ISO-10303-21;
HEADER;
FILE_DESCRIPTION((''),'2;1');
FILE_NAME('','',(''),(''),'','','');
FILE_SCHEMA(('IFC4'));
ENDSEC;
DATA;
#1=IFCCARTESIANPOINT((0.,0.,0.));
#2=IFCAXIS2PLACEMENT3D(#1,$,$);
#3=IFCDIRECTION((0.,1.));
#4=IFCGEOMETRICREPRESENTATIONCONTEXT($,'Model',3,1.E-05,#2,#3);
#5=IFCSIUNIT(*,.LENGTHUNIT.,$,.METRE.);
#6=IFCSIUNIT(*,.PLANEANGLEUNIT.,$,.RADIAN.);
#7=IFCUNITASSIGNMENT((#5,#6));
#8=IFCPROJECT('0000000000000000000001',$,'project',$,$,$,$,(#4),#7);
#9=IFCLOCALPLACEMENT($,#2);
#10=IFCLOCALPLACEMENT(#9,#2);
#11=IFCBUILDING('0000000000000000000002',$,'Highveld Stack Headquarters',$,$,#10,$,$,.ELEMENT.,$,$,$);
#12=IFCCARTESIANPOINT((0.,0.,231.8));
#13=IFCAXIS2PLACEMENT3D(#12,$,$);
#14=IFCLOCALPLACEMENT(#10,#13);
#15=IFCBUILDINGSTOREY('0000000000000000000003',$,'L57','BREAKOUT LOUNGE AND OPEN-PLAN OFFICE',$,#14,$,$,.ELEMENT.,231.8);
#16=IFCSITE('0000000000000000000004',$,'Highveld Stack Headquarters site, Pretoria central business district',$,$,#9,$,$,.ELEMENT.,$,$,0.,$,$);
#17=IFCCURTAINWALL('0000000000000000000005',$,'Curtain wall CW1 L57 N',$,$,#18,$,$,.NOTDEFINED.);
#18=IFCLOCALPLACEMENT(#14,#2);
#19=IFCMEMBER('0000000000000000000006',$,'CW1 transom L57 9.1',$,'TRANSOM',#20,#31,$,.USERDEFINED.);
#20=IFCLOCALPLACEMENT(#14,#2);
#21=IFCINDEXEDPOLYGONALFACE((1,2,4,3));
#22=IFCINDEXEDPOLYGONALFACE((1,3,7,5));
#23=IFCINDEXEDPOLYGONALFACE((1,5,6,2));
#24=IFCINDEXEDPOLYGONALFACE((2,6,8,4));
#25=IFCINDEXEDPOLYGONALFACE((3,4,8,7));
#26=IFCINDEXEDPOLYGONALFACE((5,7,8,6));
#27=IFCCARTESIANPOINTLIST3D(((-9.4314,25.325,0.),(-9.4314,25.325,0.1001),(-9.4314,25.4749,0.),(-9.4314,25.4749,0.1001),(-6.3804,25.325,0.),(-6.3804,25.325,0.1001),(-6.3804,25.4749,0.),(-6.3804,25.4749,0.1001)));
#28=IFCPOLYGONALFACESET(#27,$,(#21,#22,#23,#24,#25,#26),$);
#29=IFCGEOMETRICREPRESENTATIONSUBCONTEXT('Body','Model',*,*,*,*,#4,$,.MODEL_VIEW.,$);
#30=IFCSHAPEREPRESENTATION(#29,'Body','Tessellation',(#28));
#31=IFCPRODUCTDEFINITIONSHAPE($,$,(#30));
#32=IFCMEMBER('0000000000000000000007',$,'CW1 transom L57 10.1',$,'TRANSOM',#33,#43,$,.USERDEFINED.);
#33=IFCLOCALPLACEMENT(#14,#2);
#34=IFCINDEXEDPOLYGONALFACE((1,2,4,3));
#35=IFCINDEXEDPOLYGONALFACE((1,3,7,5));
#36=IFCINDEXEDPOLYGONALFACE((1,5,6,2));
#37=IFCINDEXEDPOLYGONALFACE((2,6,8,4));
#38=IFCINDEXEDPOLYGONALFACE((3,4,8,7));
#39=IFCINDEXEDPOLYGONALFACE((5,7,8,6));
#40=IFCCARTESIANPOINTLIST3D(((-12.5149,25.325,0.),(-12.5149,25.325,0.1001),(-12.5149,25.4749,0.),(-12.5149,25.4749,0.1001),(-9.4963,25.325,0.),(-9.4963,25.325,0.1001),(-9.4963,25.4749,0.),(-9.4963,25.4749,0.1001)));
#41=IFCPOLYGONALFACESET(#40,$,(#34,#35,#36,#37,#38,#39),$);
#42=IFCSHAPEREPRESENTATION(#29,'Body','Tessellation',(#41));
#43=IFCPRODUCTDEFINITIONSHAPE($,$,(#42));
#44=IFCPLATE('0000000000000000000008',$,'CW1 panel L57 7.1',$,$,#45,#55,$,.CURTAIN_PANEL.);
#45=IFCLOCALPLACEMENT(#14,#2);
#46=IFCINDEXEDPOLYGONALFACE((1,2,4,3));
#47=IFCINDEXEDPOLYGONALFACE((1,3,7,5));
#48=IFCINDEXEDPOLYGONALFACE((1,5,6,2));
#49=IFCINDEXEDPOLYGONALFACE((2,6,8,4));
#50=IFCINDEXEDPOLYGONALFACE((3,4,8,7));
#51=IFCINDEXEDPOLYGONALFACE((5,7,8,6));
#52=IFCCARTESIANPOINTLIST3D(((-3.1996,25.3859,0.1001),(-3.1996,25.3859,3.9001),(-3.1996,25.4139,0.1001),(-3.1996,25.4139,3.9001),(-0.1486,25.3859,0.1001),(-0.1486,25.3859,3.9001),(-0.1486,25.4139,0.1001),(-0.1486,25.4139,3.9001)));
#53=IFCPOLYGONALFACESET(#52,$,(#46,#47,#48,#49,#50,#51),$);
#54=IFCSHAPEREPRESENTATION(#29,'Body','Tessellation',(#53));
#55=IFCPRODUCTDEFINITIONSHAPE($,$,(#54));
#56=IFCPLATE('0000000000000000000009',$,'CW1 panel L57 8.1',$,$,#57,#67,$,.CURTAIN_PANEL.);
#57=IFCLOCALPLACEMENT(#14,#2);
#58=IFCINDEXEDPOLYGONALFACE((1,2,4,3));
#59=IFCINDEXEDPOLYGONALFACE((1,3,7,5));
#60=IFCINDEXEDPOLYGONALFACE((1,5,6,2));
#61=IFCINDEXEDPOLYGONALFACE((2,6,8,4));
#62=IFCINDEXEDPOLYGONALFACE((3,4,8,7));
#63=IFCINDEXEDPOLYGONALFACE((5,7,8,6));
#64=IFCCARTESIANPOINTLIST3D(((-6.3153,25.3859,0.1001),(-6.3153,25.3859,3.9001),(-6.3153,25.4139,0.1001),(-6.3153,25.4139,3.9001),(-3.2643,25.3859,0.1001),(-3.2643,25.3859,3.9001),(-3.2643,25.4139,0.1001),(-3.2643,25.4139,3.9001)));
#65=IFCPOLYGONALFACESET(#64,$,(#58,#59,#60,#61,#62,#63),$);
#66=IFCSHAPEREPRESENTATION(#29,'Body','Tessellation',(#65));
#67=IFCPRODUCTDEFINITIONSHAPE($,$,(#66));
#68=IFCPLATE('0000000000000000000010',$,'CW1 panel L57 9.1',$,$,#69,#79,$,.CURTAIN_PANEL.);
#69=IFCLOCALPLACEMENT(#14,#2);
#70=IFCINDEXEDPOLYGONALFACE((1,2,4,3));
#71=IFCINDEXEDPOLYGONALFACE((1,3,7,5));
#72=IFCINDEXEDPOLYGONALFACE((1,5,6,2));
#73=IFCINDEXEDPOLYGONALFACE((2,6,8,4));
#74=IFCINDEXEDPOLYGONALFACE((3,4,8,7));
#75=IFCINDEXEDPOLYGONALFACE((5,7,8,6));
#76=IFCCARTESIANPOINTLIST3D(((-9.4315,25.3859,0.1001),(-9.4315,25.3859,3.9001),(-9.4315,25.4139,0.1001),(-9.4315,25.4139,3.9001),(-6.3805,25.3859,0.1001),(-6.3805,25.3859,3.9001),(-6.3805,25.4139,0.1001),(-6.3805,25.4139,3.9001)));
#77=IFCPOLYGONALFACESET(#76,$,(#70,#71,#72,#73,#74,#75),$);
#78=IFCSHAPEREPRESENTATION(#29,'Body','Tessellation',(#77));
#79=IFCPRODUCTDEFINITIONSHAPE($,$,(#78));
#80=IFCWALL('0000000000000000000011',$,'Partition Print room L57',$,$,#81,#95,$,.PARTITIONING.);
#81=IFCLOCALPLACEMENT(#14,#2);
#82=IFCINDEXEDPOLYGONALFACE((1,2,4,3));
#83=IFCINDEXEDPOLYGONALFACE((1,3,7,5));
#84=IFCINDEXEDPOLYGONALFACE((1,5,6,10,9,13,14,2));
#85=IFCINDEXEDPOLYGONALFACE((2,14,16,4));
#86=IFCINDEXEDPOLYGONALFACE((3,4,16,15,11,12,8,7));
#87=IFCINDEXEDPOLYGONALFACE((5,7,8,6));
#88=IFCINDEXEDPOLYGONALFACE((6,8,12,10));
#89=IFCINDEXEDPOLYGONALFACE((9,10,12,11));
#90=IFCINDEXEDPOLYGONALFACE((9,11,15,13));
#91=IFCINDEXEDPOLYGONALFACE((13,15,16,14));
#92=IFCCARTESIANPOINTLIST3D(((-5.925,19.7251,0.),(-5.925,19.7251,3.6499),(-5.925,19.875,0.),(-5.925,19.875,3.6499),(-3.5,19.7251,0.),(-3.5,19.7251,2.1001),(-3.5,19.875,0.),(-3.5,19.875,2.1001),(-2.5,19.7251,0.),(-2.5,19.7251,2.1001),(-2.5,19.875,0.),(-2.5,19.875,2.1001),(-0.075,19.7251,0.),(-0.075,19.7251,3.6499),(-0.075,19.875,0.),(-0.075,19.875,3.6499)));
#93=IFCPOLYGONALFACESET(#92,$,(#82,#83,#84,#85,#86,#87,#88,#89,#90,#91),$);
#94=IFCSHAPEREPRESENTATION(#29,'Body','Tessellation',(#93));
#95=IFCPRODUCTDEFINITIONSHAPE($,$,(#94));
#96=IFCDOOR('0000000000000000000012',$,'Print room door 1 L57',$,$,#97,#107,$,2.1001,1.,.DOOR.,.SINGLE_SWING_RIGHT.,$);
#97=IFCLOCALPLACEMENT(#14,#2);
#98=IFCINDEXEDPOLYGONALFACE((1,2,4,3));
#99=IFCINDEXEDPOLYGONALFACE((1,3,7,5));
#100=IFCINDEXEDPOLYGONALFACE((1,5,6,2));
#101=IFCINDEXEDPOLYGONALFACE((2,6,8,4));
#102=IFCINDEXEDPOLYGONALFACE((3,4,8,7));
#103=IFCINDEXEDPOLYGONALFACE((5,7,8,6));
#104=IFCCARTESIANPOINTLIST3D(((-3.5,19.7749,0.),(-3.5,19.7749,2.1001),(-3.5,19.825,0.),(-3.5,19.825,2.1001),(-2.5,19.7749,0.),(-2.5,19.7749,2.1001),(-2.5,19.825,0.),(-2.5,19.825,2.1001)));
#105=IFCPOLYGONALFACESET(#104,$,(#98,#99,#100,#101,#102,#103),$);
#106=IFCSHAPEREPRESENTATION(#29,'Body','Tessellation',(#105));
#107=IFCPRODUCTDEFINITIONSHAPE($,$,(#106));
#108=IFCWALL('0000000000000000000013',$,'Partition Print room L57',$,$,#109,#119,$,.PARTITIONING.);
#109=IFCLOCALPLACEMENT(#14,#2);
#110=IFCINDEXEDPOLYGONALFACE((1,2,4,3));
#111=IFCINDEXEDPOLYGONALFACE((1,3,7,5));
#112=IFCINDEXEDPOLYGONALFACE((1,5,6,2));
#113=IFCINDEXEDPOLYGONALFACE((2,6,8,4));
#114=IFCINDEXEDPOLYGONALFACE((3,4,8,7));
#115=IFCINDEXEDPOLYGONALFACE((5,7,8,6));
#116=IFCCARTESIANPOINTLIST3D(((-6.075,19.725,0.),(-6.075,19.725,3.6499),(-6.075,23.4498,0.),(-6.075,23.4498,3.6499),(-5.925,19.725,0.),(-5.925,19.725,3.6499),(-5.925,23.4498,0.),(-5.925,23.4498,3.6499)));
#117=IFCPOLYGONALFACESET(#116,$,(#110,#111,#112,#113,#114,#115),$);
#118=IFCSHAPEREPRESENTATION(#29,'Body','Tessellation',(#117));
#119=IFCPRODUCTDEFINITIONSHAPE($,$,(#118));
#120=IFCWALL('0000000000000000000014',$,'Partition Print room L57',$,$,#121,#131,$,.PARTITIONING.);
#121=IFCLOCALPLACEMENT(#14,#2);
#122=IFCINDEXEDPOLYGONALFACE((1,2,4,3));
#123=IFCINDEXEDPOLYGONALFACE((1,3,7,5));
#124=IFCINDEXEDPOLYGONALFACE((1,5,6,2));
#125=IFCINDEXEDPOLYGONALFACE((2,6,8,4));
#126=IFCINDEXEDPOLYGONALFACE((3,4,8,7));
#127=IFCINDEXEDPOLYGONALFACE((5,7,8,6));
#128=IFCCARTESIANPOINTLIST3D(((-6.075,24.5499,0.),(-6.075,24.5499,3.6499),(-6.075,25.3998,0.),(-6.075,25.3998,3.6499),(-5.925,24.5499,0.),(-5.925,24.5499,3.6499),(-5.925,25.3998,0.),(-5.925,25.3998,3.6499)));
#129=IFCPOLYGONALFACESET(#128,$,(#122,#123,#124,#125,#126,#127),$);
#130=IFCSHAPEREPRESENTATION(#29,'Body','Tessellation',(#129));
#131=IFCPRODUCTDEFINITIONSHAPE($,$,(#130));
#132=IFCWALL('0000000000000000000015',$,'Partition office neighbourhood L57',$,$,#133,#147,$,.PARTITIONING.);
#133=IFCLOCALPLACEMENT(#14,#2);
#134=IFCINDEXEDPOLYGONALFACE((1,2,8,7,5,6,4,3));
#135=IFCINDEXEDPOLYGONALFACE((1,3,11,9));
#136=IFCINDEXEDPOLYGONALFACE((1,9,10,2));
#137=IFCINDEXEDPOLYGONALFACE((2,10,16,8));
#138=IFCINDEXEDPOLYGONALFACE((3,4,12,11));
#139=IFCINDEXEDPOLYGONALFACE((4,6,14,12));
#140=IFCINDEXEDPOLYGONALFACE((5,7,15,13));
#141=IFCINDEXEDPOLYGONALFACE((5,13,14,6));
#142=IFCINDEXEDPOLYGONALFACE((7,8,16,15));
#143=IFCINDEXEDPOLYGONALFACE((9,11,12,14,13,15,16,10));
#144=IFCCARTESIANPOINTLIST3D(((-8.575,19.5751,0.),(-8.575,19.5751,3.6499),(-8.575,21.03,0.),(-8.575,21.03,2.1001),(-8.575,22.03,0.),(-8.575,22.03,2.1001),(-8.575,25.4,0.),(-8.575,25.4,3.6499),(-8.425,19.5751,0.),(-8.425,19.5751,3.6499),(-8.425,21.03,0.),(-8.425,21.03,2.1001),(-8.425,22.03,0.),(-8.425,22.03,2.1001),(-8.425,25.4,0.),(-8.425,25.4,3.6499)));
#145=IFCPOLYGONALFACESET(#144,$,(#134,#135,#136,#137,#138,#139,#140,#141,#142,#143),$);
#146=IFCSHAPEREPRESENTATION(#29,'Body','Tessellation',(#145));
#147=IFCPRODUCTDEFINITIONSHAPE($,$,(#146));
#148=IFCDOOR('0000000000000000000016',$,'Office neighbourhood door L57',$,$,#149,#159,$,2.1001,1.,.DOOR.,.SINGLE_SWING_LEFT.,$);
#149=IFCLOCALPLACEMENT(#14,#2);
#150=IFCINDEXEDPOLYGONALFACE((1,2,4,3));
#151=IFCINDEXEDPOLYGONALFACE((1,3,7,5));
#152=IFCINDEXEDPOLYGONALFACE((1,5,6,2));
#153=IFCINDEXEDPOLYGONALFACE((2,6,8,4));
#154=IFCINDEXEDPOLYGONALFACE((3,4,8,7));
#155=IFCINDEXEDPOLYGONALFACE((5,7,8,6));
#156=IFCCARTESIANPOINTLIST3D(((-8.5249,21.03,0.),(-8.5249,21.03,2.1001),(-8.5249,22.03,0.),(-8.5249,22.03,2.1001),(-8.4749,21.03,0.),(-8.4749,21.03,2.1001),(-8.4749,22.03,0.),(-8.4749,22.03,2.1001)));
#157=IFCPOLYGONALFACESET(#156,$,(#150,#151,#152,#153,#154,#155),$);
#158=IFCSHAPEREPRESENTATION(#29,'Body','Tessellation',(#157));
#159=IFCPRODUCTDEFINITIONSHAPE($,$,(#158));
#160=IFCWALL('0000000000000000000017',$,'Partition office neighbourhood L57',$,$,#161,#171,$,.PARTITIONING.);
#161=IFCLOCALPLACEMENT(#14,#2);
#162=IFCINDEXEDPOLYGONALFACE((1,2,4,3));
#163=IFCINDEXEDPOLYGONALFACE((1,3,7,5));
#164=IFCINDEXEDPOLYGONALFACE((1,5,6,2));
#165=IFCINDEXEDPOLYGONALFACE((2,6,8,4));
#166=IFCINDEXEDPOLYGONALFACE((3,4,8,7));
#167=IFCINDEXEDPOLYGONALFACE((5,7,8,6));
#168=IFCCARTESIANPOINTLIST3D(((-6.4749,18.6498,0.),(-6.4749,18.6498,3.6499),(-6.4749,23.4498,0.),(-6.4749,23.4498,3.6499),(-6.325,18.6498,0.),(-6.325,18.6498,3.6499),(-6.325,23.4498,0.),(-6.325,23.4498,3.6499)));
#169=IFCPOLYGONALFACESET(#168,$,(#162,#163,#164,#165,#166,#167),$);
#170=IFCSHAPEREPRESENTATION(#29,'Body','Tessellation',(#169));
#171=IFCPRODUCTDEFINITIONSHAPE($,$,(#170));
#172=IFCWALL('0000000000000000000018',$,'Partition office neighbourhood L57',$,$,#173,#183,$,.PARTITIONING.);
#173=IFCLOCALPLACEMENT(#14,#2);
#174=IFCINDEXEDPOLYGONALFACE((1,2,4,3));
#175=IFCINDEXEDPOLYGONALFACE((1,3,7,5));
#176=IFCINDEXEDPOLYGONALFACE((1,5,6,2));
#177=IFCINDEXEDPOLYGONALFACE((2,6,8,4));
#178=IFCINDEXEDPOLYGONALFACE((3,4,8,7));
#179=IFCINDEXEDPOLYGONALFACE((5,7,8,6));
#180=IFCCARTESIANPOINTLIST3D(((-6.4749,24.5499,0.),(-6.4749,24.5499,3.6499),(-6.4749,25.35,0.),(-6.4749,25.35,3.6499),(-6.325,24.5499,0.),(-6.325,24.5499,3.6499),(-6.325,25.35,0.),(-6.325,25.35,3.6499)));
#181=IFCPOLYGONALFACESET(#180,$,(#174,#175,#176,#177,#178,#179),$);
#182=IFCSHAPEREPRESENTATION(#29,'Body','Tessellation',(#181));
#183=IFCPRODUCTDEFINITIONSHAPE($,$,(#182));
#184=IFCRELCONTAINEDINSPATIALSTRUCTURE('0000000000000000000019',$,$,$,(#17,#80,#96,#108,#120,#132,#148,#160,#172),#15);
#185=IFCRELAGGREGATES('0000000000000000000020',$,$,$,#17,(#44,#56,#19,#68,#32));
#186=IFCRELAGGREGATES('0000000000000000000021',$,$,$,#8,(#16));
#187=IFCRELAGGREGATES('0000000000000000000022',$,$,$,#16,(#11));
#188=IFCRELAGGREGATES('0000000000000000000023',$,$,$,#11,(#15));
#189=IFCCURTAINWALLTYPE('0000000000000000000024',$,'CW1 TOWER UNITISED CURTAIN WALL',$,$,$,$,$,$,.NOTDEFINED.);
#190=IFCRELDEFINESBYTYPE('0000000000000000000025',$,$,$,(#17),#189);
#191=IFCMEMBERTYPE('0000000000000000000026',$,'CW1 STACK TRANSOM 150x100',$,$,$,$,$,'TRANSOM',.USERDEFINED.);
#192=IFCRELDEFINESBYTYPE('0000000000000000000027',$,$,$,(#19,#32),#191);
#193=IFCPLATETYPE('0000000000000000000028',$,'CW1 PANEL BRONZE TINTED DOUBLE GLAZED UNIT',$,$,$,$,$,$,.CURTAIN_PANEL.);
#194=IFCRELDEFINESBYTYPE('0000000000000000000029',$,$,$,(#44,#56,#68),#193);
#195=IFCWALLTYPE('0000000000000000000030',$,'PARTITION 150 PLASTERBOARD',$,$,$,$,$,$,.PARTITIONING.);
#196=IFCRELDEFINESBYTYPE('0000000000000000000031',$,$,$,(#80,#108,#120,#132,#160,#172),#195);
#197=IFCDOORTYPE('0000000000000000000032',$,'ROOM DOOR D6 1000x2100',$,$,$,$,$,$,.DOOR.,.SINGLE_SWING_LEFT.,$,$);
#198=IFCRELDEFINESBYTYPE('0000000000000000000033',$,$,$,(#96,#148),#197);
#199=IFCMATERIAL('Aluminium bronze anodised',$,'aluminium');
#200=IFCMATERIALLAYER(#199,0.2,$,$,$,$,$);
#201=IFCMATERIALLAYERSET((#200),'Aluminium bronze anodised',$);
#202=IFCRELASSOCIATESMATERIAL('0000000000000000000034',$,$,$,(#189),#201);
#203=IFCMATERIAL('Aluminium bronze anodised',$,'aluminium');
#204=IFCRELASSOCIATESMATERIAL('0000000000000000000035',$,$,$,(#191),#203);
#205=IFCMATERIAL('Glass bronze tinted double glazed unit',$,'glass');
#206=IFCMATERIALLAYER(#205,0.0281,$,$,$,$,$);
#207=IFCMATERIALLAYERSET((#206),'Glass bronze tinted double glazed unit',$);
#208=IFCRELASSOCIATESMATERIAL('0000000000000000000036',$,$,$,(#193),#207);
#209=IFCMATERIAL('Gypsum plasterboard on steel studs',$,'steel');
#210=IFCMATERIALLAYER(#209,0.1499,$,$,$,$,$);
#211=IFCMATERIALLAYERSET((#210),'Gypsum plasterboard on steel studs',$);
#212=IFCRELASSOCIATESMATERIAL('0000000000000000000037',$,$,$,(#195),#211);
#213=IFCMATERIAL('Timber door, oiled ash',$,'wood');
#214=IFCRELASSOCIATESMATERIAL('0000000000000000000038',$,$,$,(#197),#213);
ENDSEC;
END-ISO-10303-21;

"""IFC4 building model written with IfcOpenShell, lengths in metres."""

from ifc_helpers import new_model, si_unit, direction, frame, frame_2d, origin, origin_2d, place, context, subcontext, project, spatial, rectangle, extrude, material, layer, layer_set, material_profile, profile_set, type_object, element, fill, aggregate, save


model = new_model("IFC4")

# Units and contexts
model_context = context("Model", 3, precision=1e-05, world=origin(), true_north=direction((0.0, 1.0)))
body_context = subcontext(model_context, "Body", "Model", "MODEL_VIEW")
ifc_project = project(units=[si_unit("LENGTHUNIT", "METRE"), si_unit("PLANEANGLEUNIT", "RADIAN")], contexts=[model_context])

# Site, building, storey
site_placement = place(None, origin())
site = spatial("IfcSite", under=ifc_project, at=site_placement, Name="Highveld Stack Headquarters site, Pretoria central business district", CompositionType="ELEMENT", RefElevation=0.0)
building_placement = place(site_placement, origin())
building = spatial("IfcBuilding", under=site, at=building_placement, Name="Highveld Stack Headquarters", CompositionType="ELEMENT")
storey_placement = place(building_placement, frame((0.0, 0.0, 231.8)))
storey = spatial("IfcBuildingStorey", under=building, at=storey_placement, Name="L57", Description="BREAKOUT LOUNGE AND OPEN-PLAN OFFICE", CompositionType="ELEMENT", Elevation=231.8)

# Curtain wall, members, plates
ifc_material_1 = material(Name="Aluminium bronze anodised", Category="aluminium")
ifc_layer_1 = layer(ifc_material_1, 0.2)
ifc_layer_set_1 = layer_set([ifc_layer_1], Name="Aluminium bronze anodised")
curtain_wall_type = type_object("IfcCurtainWallType", Name="CW1 TOWER UNITISED CURTAIN WALL", PredefinedType="NOTDEFINED", material=ifc_layer_set_1)
curtain_wall_placement = place(storey_placement, origin())
curtain_wall = element("IfcCurtainWall", 1, at=curtain_wall_placement, inside=storey, type_object=curtain_wall_type, Name="Curtain wall CW1 L57 N", PredefinedType="NOTDEFINED")
ifc_material_2 = material(Name="Aluminium bronze anodised", Category="aluminium")
ifc_material_profile_1 = material_profile(ifc_material_2, rectangle(XDim=0.1499, YDim=0.1001, at=origin_2d()), Name="CW1 TRANSOM 150x100")
ifc_profile_set_1 = profile_set([ifc_material_profile_1], Name="Aluminium bronze anodised")
member_type_1 = type_object("IfcMemberType", Name="CW1 STACK TRANSOM 150x100", ElementType="TRANSOM", PredefinedType="USERDEFINED", material=ifc_profile_set_1)
member_1_placement = place(storey_placement, frame((-6.3804, 25.3999, 0.05), z_axis=(-1.0, 0.0, 0.0), x_axis=(0.0, -1.0, 0.0)))
member_1 = element("IfcMember", 2, at=member_1_placement, type_object=member_type_1, Name="CW1 transom L57 9.1", ObjectType="TRANSOM", PredefinedType="USERDEFINED", context=body_context, shape_type="SweptSolid", body=[
    extrude(rectangle(XDim=0.1499, YDim=0.1001, at=origin_2d()), origin(), (0.0, 0.0, 1.0), 3.051),
])
member_2_placement = place(storey_placement, frame((-9.4963, 25.3999, 0.05), z_axis=(-1.0, 0.0, 0.0), x_axis=(0.0, -1.0, 0.0)))
member_2 = element("IfcMember", 3, at=member_2_placement, type_object=member_type_1, Name="CW1 transom L57 10.1", ObjectType="TRANSOM", PredefinedType="USERDEFINED", context=body_context, shape_type="SweptSolid", body=[
    extrude(rectangle(XDim=0.1499, YDim=0.1001, at=origin_2d()), origin(), (0.0, 0.0, 1.0), 3.0186),
])
ifc_material_3 = material(Name="Glass bronze tinted double glazed unit", Category="glass")
ifc_layer_2 = layer(ifc_material_3, 0.0281)
ifc_layer_set_2 = layer_set([ifc_layer_2], Name="Glass bronze tinted double glazed unit")
plate_type = type_object("IfcPlateType", Name="CW1 PANEL BRONZE TINTED DOUBLE GLAZED UNIT", PredefinedType="CURTAIN_PANEL", material=ifc_layer_set_2)
plate_1_placement = place(storey_placement, frame((-1.6741, 25.3999, 0.1001), z_axis=(0.0, 0.0, 1.0), x_axis=(-1.0, 0.0, 0.0)))
plate_1 = element("IfcPlate", 4, at=plate_1_placement, type_object=plate_type, Name="CW1 panel L57 7.1", PredefinedType="CURTAIN_PANEL", context=body_context, shape_type="SweptSolid", body=[
    extrude(rectangle(XDim=3.051, YDim=0.0281, at=origin_2d()), origin(), (0.0, 0.0, 1.0), 3.8),
])
plate_2_placement = place(storey_placement, frame((-4.7898, 25.3999, 0.1001), z_axis=(0.0, 0.0, 1.0), x_axis=(-1.0, 0.0, 0.0)))
plate_2 = element("IfcPlate", 5, at=plate_2_placement, type_object=plate_type, Name="CW1 panel L57 8.1", PredefinedType="CURTAIN_PANEL", context=body_context, shape_type="SweptSolid", body=[
    extrude(rectangle(XDim=3.051, YDim=0.0281, at=origin_2d()), origin(), (0.0, 0.0, 1.0), 3.8),
])
plate_3_placement = place(storey_placement, frame((-7.906, 25.3999, 0.1001), z_axis=(0.0, 0.0, 1.0), x_axis=(-1.0, 0.0, 0.0)))
plate_3 = element("IfcPlate", 6, at=plate_3_placement, type_object=plate_type, Name="CW1 panel L57 9.1", PredefinedType="CURTAIN_PANEL", context=body_context, shape_type="SweptSolid", body=[
    extrude(rectangle(XDim=3.051, YDim=0.0281, at=origin_2d()), origin(), (0.0, 0.0, 1.0), 3.8),
])
aggregate(curtain_wall, [plate_1, plate_2, member_1, plate_3, member_2])

# Wall, opening, door
ifc_material_4 = material(Name="Gypsum plasterboard on steel studs", Category="steel")
ifc_layer_3 = layer(ifc_material_4, 0.1499)
ifc_layer_set_3 = layer_set([ifc_layer_3], Name="Gypsum plasterboard on steel studs")
wall_type = type_object("IfcWallType", Name="PARTITION 150 PLASTERBOARD", PredefinedType="PARTITIONING", material=ifc_layer_set_3)
wall_1_placement = place(storey_placement, frame((-5.925, 19.8, 0.0), z_axis=(0.0, 0.0, 1.0), x_axis=(1.0, 0.0, 0.0)))
wall_1 = element("IfcWall", 7, at=wall_1_placement, inside=storey, type_object=wall_type, Name="Partition Print room L57", PredefinedType="PARTITIONING", context=body_context, shape_type="SweptSolid", body=[
    extrude(rectangle(XDim=5.8501, YDim=0.1499, at=frame_2d((2.925, 0.0))), origin(), (0.0, 0.0, 1.0), 3.6499),
])
opening_1_placement = place(wall_1_placement, frame((2.425, 0.0, 0.0)))
opening_1 = element("IfcOpeningElement", 8, at=opening_1_placement, cuts=wall_1, PredefinedType="OPENING", context=body_context, shape_type="SweptSolid", body=[
    extrude(rectangle(XDim=1.0, YDim=2.1001, at=frame_2d((0.5, 1.05))), frame((0.0, 0.085, 0.0), z_axis=(0.0, -1.0, 0.0), x_axis=(1.0, 0.0, 0.0)), (0.0, 0.0, 1.0), 0.1699),
])
ifc_material_5 = material(Name="Timber door, oiled ash", Category="wood")
door_type = type_object("IfcDoorType", Name="ROOM DOOR D6 1000x2100", OperationType="SINGLE_SWING_LEFT", PredefinedType="DOOR", material=ifc_material_5)
door_1_placement = place(opening_1_placement, origin())
door_1 = element("IfcDoor", 9, at=door_1_placement, inside=storey, type_object=door_type, Name="Print room door 1 L57", OperationType="SINGLE_SWING_RIGHT", OverallHeight=2.1001, OverallWidth=1.0, PredefinedType="DOOR", context=body_context, shape_type="SweptSolid", body=[
    extrude(rectangle(XDim=1.0, YDim=2.1001, at=frame_2d((0.5, 1.05))), frame((0.0, 0.0249, 0.0), z_axis=(0.0, -1.0, 0.0), x_axis=(1.0, 0.0, 0.0)), (0.0, 0.0, 1.0), 0.05),
])
fill(opening_1, door_1)

# Walls
wall_2_placement = place(storey_placement, frame((-6.0, 19.7251, 0.0), z_axis=(0.0, 0.0, 1.0), x_axis=(0.0, 1.0, 0.0)))
element("IfcWall", 10, at=wall_2_placement, inside=storey, type_object=wall_type, Name="Partition Print room L57", PredefinedType="PARTITIONING", context=body_context, shape_type="SweptSolid", body=[
    extrude(rectangle(XDim=3.7249, YDim=0.1499, at=frame_2d((1.8623, 0.0))), origin(), (0.0, 0.0, 1.0), 3.6499),
])
wall_3_placement = place(storey_placement, frame((-6.0, 24.55, 0.0), z_axis=(0.0, 0.0, 1.0), x_axis=(0.0, 1.0, 0.0)))
element("IfcWall", 11, at=wall_3_placement, inside=storey, type_object=wall_type, Name="Partition Print room L57", PredefinedType="PARTITIONING", context=body_context, shape_type="SweptSolid", body=[
    extrude(rectangle(XDim=0.8499, YDim=0.1499, at=frame_2d((0.4248, 0.0))), origin(), (0.0, 0.0, 1.0), 3.6499),
])

# Wall, opening, door
wall_4_placement = place(storey_placement, frame((-8.5, 19.575, 0.0), z_axis=(0.0, 0.0, 1.0), x_axis=(0.0, 1.0, 0.0)))
wall_4 = element("IfcWall", 12, at=wall_4_placement, inside=storey, type_object=wall_type, Name="Partition office neighbourhood L57", PredefinedType="PARTITIONING", context=body_context, shape_type="SweptSolid", body=[
    extrude(rectangle(XDim=5.825, YDim=0.1499, at=frame_2d((2.9126, 0.0))), origin(), (0.0, 0.0, 1.0), 3.6499),
])
opening_2_placement = place(wall_4_placement, frame((1.4551, 0.0, 0.0)))
opening_2 = element("IfcOpeningElement", 13, at=opening_2_placement, cuts=wall_4, PredefinedType="OPENING", context=body_context, shape_type="SweptSolid", body=[
    extrude(rectangle(XDim=1.0, YDim=2.1001, at=frame_2d((0.5, 1.05))), frame((0.0, 0.085, 0.0), z_axis=(0.0, -1.0, 0.0), x_axis=(1.0, 0.0, 0.0)), (0.0, 0.0, 1.0), 0.1699),
])
door_2_placement = place(opening_2_placement, origin())
door_2 = element("IfcDoor", 14, at=door_2_placement, inside=storey, type_object=door_type, Name="Office neighbourhood door L57", OperationType="SINGLE_SWING_LEFT", OverallHeight=2.1001, OverallWidth=1.0, PredefinedType="DOOR", context=body_context, shape_type="SweptSolid", body=[
    extrude(rectangle(XDim=1.0, YDim=2.1001, at=frame_2d((0.5, 1.05))), frame((0.0, 0.0249, 0.0), z_axis=(0.0, -1.0, 0.0), x_axis=(1.0, 0.0, 0.0)), (0.0, 0.0, 1.0), 0.05),
])
fill(opening_2, door_2)

# Walls
wall_5_placement = place(storey_placement, frame((-6.3999, 18.6499, 0.0), z_axis=(0.0, 0.0, 1.0), x_axis=(0.0, 1.0, 0.0)))
element("IfcWall", 15, at=wall_5_placement, inside=storey, type_object=wall_type, Name="Partition office neighbourhood L57", PredefinedType="PARTITIONING", context=body_context, shape_type="SweptSolid", body=[
    extrude(rectangle(XDim=4.8, YDim=0.1499, at=frame_2d((2.3999, 0.0))), origin(), (0.0, 0.0, 1.0), 3.6499),
])
wall_6_placement = place(storey_placement, frame((-6.3999, 24.55, 0.0), z_axis=(0.0, 0.0, 1.0), x_axis=(0.0, 1.0, 0.0)))
element("IfcWall", 16, at=wall_6_placement, inside=storey, type_object=wall_type, Name="Partition office neighbourhood L57", PredefinedType="PARTITIONING", context=body_context, shape_type="SweptSolid", body=[
    extrude(rectangle(XDim=0.8, YDim=0.1499, at=frame_2d((0.3999, 0.0))), origin(), (0.0, 0.0, 1.0), 3.6499),
])

save(model, "model.ifc")
